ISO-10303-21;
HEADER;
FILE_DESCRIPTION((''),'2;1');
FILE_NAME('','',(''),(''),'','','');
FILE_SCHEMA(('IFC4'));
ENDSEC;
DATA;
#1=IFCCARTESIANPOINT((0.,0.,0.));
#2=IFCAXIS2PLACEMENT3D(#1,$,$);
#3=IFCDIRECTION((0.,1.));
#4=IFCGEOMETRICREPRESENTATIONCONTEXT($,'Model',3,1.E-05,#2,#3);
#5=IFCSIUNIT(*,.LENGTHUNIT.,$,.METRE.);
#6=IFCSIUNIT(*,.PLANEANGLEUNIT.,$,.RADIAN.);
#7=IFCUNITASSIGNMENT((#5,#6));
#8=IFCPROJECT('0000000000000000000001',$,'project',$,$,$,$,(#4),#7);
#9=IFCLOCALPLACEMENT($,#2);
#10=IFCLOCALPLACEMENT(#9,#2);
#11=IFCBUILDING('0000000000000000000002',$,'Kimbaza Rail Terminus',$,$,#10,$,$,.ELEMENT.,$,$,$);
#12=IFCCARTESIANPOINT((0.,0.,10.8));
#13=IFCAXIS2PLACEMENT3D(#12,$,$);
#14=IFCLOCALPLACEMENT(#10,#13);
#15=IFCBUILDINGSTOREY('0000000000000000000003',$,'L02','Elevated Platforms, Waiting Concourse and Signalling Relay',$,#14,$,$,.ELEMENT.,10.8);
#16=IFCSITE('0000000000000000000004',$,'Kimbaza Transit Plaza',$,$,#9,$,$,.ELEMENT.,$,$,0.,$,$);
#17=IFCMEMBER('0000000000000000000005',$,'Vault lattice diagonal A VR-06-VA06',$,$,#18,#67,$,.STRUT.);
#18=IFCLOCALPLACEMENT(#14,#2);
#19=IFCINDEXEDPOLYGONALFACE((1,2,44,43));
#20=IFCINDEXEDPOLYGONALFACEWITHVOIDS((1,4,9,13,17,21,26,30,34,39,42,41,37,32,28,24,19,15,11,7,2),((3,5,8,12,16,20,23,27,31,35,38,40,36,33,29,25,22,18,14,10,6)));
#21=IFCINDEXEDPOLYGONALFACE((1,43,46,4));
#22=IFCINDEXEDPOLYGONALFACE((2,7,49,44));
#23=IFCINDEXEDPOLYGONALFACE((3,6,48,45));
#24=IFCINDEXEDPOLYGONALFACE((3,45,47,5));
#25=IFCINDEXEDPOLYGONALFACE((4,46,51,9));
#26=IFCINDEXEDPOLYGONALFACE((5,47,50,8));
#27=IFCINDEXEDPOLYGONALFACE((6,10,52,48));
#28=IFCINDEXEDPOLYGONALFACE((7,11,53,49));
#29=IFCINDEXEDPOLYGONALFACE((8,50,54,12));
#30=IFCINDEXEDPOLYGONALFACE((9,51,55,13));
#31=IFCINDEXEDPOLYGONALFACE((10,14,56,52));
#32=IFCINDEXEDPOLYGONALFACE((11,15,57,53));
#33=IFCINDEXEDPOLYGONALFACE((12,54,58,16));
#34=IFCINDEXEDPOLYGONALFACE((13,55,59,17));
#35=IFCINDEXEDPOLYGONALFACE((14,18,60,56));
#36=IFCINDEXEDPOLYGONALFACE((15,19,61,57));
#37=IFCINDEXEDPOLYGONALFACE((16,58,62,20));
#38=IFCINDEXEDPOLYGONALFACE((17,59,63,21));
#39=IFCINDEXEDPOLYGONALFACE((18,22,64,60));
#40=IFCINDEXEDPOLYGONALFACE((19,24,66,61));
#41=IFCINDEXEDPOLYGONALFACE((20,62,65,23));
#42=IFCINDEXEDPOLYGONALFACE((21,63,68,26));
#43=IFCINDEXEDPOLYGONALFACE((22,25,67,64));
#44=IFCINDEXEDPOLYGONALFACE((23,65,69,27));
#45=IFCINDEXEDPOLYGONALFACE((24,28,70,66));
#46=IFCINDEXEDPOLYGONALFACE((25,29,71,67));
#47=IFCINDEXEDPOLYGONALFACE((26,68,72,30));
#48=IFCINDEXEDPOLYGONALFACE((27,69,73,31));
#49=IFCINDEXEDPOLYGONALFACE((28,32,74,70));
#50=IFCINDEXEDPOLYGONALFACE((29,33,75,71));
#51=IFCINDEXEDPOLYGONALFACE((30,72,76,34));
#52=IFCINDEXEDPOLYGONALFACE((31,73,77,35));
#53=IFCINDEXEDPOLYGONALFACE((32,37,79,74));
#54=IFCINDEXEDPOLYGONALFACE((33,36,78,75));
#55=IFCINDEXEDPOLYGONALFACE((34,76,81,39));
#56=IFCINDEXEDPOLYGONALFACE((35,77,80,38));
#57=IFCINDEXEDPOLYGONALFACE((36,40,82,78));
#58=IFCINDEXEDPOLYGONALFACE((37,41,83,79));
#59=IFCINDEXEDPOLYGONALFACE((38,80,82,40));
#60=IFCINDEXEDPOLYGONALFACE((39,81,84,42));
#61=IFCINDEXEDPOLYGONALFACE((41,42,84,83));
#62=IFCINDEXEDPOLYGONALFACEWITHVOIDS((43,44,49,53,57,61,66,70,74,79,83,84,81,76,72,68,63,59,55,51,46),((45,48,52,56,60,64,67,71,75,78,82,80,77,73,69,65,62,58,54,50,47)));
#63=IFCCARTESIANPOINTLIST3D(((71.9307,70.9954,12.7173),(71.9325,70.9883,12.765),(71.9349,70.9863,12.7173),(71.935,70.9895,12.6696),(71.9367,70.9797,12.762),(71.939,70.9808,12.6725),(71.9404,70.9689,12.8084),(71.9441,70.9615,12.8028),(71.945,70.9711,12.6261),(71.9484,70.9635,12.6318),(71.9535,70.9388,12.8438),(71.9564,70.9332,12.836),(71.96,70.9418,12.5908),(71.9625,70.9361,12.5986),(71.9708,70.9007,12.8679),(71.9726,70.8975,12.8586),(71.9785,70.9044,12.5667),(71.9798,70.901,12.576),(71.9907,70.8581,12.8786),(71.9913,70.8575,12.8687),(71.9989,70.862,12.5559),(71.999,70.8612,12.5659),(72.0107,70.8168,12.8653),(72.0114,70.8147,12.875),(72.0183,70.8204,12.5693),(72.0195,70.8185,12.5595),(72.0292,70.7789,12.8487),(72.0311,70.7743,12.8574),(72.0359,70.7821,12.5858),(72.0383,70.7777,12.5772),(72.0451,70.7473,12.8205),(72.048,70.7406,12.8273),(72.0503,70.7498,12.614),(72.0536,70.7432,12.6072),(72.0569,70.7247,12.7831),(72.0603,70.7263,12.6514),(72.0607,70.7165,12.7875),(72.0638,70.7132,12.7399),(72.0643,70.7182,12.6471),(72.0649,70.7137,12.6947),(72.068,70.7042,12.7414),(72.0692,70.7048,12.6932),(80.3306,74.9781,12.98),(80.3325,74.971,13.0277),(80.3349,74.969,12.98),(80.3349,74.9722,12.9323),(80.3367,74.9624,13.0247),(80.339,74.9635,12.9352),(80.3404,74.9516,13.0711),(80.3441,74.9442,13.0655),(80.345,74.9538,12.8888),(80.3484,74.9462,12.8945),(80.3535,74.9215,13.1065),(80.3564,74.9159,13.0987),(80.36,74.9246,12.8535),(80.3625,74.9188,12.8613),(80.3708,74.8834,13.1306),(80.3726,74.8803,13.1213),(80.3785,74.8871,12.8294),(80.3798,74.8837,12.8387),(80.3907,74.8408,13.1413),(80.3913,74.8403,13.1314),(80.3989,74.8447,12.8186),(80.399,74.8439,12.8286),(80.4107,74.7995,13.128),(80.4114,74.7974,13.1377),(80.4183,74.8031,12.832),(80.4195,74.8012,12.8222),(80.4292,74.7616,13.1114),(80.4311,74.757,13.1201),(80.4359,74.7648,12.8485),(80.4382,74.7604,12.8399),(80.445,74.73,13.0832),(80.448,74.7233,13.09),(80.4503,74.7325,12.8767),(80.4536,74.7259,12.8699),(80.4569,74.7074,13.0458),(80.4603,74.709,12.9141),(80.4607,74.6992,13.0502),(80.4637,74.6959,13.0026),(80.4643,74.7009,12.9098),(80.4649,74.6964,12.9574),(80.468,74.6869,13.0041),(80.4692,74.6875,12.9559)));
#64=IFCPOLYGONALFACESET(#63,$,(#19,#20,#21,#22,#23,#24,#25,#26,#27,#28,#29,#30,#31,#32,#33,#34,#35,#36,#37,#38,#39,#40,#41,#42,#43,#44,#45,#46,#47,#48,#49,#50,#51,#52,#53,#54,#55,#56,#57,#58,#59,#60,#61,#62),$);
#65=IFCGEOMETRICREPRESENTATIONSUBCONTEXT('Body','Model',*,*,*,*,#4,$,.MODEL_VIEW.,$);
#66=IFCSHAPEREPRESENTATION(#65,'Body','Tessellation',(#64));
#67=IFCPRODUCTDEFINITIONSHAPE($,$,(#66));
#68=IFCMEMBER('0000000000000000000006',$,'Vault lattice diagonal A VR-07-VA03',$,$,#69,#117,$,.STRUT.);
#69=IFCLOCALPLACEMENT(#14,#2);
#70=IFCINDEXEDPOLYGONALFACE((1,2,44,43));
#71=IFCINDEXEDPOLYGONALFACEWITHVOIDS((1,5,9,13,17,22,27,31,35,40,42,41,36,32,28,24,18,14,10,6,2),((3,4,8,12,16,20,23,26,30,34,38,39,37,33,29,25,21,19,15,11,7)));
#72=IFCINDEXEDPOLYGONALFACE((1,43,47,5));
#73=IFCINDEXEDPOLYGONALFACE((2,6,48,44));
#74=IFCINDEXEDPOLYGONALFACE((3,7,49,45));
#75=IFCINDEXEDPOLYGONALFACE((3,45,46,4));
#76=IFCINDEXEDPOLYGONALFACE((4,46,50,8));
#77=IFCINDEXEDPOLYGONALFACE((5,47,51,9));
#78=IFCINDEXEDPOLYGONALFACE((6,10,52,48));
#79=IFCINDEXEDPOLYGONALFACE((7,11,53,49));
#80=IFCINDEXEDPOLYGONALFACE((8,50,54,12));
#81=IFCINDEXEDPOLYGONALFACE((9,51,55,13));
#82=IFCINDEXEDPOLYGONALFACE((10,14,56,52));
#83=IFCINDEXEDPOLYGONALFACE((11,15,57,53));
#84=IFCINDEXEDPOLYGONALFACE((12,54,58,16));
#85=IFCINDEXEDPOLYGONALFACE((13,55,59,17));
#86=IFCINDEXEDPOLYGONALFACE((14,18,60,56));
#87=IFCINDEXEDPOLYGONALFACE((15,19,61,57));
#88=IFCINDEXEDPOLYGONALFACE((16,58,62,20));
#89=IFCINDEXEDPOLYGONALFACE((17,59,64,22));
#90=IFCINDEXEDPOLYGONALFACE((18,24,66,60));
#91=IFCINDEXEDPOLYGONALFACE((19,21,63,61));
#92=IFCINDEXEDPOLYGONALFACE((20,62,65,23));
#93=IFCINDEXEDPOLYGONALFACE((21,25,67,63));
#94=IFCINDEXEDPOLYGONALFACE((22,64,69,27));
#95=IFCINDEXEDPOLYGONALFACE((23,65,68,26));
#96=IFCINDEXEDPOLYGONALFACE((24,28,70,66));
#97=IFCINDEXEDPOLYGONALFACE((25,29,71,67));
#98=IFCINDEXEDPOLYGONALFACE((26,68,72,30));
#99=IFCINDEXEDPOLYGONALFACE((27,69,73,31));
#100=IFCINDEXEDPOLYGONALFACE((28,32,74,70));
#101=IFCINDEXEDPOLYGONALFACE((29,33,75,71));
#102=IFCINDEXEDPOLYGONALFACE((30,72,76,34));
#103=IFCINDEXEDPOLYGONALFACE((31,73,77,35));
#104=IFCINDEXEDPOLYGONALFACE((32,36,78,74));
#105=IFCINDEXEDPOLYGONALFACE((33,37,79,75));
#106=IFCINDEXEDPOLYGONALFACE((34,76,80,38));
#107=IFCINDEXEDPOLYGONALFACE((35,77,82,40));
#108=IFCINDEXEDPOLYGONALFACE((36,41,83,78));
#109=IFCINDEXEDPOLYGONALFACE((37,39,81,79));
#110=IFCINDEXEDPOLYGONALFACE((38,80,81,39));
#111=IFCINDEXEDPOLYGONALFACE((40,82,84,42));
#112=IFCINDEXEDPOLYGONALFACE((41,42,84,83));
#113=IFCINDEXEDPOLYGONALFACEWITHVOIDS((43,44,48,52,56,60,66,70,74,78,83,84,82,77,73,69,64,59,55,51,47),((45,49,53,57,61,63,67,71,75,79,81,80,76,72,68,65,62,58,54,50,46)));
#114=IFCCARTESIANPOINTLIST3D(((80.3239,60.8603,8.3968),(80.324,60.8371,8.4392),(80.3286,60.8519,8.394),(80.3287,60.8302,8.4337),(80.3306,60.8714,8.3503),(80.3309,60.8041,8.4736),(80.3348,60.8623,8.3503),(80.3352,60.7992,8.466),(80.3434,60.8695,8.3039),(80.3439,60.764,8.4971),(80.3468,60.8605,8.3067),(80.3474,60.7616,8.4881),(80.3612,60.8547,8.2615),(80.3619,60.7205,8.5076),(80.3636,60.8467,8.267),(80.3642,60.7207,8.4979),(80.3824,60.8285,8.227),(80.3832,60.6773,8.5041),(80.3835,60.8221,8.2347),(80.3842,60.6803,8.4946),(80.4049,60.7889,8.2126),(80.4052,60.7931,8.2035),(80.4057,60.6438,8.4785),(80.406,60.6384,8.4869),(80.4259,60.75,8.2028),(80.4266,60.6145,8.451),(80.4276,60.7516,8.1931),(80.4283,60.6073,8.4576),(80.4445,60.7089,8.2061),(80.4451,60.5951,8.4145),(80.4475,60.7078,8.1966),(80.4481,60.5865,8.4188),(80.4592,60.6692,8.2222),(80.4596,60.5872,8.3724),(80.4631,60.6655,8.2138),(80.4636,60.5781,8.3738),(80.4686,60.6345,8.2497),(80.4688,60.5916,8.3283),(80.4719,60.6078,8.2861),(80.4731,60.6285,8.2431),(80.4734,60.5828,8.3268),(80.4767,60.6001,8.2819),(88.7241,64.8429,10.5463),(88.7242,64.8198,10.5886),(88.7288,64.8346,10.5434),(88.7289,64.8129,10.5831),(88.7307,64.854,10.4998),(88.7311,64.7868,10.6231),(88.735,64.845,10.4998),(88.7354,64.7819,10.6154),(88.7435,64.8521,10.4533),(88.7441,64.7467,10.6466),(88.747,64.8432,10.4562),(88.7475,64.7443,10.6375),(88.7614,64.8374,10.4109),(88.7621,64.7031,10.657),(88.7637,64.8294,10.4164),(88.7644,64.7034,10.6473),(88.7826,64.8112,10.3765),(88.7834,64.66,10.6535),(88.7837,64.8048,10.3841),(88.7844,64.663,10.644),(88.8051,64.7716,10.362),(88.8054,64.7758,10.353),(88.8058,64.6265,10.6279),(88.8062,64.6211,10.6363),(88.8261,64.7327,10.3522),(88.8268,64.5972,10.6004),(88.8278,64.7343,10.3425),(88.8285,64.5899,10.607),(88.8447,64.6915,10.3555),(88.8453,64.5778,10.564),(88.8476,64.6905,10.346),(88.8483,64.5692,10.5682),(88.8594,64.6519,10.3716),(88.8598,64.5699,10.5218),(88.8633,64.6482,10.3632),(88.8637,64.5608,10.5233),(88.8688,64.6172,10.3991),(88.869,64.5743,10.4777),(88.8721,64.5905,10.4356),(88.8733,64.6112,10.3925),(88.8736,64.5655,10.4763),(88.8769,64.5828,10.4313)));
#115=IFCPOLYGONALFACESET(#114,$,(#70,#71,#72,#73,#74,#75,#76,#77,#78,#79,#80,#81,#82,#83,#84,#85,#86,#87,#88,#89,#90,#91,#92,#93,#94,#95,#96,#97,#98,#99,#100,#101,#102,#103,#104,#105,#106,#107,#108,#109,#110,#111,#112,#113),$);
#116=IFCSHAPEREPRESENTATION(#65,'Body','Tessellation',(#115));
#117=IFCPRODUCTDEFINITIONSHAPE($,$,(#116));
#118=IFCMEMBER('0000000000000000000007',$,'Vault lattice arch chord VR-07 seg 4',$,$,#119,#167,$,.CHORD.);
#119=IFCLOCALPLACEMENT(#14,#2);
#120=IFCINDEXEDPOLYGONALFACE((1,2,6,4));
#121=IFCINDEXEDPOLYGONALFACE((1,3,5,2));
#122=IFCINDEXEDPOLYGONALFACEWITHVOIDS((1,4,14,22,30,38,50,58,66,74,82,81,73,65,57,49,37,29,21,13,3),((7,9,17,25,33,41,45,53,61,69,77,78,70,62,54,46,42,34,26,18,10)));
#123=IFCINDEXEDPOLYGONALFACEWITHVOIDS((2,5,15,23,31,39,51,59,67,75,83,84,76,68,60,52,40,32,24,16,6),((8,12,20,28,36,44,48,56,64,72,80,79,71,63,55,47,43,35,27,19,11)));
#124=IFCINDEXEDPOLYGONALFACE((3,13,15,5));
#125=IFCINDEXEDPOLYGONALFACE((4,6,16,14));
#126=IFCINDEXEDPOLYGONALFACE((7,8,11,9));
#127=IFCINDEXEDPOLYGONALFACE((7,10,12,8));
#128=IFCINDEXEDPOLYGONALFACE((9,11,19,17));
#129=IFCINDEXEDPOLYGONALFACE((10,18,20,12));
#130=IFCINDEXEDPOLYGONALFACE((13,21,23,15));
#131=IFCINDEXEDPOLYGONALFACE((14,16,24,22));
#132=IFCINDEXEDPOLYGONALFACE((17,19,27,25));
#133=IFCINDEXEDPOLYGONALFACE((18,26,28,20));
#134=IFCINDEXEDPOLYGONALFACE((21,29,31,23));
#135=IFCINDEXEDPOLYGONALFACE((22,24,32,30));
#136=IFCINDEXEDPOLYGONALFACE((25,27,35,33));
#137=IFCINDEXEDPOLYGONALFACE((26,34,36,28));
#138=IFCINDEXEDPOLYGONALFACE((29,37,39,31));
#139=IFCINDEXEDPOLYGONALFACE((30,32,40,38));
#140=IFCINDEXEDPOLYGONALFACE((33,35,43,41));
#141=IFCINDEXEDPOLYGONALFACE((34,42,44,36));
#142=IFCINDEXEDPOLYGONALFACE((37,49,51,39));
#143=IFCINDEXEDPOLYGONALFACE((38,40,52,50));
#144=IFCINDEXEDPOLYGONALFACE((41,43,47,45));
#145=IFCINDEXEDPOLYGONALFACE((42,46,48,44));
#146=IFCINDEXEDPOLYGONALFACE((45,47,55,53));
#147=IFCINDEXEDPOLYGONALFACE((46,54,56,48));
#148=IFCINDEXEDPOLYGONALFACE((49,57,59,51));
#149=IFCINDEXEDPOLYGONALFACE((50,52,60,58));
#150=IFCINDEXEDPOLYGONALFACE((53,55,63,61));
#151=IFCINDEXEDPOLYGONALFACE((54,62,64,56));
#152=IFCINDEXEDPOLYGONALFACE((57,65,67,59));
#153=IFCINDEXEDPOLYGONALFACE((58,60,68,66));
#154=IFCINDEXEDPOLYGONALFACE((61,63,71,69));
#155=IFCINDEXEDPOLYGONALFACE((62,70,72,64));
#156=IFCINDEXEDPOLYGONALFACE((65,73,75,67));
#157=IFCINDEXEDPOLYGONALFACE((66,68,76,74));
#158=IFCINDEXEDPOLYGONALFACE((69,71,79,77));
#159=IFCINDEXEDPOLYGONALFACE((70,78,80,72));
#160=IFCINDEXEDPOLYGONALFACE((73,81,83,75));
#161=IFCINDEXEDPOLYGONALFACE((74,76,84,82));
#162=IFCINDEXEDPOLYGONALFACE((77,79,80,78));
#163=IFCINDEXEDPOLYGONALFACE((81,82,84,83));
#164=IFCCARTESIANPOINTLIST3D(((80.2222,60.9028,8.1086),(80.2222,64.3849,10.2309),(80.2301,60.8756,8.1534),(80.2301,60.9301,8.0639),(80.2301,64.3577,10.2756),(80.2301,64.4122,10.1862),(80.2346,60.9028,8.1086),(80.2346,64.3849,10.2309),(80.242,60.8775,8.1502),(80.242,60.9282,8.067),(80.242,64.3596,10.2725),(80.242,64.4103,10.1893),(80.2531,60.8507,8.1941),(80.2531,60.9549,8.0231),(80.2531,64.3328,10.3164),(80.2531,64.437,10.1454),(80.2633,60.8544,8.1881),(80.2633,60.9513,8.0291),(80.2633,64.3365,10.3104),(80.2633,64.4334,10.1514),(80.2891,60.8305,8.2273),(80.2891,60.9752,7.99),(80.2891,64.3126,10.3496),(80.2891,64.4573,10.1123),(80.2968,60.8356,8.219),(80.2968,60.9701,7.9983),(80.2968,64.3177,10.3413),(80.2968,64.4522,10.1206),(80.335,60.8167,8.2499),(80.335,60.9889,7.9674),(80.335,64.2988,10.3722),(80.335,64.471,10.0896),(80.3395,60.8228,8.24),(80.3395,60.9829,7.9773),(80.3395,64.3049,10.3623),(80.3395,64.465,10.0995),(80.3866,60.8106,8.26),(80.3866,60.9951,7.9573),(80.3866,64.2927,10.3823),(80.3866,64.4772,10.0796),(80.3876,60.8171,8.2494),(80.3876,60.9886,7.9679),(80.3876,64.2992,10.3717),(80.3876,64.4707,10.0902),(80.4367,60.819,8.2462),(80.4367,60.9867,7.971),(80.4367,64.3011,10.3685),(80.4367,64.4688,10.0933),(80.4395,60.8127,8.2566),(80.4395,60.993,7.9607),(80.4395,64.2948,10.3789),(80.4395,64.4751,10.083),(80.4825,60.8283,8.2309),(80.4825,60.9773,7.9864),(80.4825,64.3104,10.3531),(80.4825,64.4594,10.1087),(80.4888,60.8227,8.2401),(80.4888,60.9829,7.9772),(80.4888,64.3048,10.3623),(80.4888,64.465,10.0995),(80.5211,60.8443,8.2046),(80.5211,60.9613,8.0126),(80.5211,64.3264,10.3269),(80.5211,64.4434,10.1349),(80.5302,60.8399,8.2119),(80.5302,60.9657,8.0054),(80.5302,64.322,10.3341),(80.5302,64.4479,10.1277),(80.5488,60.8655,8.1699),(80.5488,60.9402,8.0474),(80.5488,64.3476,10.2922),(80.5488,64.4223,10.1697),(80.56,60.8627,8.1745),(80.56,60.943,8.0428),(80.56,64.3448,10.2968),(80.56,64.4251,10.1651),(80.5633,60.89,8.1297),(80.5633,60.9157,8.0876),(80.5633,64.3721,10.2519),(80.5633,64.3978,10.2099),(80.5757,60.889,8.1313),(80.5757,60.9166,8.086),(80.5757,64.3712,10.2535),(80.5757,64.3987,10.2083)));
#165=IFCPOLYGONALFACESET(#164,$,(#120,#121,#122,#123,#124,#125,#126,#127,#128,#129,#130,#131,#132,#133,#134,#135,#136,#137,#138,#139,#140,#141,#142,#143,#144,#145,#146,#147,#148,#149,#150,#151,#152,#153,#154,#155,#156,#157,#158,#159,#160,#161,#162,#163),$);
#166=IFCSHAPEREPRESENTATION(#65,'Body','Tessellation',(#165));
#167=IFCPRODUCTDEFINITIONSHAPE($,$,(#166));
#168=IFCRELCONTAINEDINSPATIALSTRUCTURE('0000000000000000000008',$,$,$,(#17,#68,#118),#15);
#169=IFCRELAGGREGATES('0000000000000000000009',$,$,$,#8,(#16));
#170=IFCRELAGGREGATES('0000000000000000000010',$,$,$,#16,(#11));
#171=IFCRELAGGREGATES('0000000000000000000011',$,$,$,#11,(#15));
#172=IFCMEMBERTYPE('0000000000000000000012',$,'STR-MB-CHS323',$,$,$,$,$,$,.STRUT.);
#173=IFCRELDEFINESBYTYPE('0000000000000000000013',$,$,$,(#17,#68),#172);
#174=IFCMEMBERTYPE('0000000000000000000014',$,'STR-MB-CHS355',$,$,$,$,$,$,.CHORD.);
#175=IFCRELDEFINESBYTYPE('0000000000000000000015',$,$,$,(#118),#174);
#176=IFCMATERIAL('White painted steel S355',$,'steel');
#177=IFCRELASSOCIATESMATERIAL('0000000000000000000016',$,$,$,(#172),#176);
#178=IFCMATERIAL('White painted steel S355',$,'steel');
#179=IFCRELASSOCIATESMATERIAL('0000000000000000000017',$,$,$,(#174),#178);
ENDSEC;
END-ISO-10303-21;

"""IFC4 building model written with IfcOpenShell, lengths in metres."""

from ifc_helpers import new_model, si_unit, direction, frame, origin, origin_2d, place, context, subcontext, project, spatial, hollow_circle, extrude, material, material_profile, profile_set, type_object, element, save


model = new_model("IFC4")

# Units and contexts
model_context = context("Model", 3, precision=1e-05, world=origin(), true_north=direction((0.0, 1.0)))
body_context = subcontext(model_context, "Body", "Model", "MODEL_VIEW")
ifc_project = project(units=[si_unit("LENGTHUNIT", "METRE"), si_unit("PLANEANGLEUNIT", "RADIAN")], contexts=[model_context])

# Site, building, storey
site_placement = place(None, origin())
site = spatial("IfcSite", under=ifc_project, at=site_placement, Name="Kimbaza Transit Plaza", CompositionType="ELEMENT", RefElevation=0.0)
building_placement = place(site_placement, origin())
building = spatial("IfcBuilding", under=site, at=building_placement, Name="Kimbaza Rail Terminus", CompositionType="ELEMENT")
storey_placement = place(building_placement, frame((0.0, 0.0, 10.8)))
storey = spatial("IfcBuildingStorey", under=building, at=storey_placement, Name="L02", Description="Elevated Platforms, Waiting Concourse and Signalling Relay", CompositionType="ELEMENT", Elevation=10.8)

# Members
ifc_material_1 = material(Name="White painted steel S355", Category="steel")
ifc_material_profile_1 = material_profile(ifc_material_1, hollow_circle(Radius=0.1619, WallThickness=0.01, at=origin_2d()), Name="CHS 323.9x10")
ifc_profile_set_1 = profile_set([ifc_material_profile_1], Name="White painted steel S355")
member_type_1 = type_object("IfcMemberType", Name="STR-MB-CHS323", PredefinedType="STRUT", material=ifc_profile_set_1)
member_1_placement = place(storey_placement, frame((72.0, 70.8491, 12.7173), z_axis=(0.903221, 0.428246, 0.028247), x_axis=(-0.428417, 0.903581, 0.0)))
element("IfcMember", 1, at=member_1_placement, inside=storey, type_object=member_type_1, Name="Vault lattice diagonal A VR-06-VA06", PredefinedType="STRUT", context=body_context, shape_type="SweptSolid", body=[
    extrude(hollow_circle(Radius=0.1619, WallThickness=0.01, at=origin_2d()), origin(), (0.0, 0.0, 1.0), 9.3),
])
member_2_placement = place(storey_placement, frame((80.3999, 60.7251, 8.3503), z_axis=(0.880361, 0.417396, 0.225265), x_axis=(-0.428407, 0.903586, 0.0)))
element("IfcMember", 2, at=member_2_placement, inside=storey, type_object=member_type_1, Name="Vault lattice diagonal A VR-07-VA03", PredefinedType="STRUT", context=body_context, shape_type="SweptSolid", body=[
    extrude(hollow_circle(Radius=0.1619, WallThickness=0.01, at=origin_2d()), origin(), (0.0, 0.0, 1.0), 9.5417),
])
ifc_material_2 = material(Name="White painted steel S355", Category="steel")
ifc_material_profile_2 = material_profile(ifc_material_2, hollow_circle(Radius=0.1777, WallThickness=0.0125, at=origin_2d()), Name="CHS 355.6x12.5")
ifc_profile_set_2 = profile_set([ifc_material_profile_2], Name="White painted steel S355")
member_type_2 = type_object("IfcMemberType", Name="STR-MB-CHS355", PredefinedType="CHORD", material=ifc_profile_set_2)
member_3_placement = place(storey_placement, frame((80.3999, 60.9028, 8.1086), z_axis=(0.0, 0.853901, 0.520435), x_axis=(-1.0, 0.0, 0.0)))
element("IfcMember", 3, at=member_3_placement, inside=storey, type_object=member_type_2, Name="Vault lattice arch chord VR-07 seg 4", PredefinedType="CHORD", context=body_context, shape_type="SweptSolid", body=[
    extrude(hollow_circle(Radius=0.1777, WallThickness=0.0125, at=origin_2d()), origin(), (0.0, 0.0, 1.0), 4.0779),
])

save(model, "model.ifc")
